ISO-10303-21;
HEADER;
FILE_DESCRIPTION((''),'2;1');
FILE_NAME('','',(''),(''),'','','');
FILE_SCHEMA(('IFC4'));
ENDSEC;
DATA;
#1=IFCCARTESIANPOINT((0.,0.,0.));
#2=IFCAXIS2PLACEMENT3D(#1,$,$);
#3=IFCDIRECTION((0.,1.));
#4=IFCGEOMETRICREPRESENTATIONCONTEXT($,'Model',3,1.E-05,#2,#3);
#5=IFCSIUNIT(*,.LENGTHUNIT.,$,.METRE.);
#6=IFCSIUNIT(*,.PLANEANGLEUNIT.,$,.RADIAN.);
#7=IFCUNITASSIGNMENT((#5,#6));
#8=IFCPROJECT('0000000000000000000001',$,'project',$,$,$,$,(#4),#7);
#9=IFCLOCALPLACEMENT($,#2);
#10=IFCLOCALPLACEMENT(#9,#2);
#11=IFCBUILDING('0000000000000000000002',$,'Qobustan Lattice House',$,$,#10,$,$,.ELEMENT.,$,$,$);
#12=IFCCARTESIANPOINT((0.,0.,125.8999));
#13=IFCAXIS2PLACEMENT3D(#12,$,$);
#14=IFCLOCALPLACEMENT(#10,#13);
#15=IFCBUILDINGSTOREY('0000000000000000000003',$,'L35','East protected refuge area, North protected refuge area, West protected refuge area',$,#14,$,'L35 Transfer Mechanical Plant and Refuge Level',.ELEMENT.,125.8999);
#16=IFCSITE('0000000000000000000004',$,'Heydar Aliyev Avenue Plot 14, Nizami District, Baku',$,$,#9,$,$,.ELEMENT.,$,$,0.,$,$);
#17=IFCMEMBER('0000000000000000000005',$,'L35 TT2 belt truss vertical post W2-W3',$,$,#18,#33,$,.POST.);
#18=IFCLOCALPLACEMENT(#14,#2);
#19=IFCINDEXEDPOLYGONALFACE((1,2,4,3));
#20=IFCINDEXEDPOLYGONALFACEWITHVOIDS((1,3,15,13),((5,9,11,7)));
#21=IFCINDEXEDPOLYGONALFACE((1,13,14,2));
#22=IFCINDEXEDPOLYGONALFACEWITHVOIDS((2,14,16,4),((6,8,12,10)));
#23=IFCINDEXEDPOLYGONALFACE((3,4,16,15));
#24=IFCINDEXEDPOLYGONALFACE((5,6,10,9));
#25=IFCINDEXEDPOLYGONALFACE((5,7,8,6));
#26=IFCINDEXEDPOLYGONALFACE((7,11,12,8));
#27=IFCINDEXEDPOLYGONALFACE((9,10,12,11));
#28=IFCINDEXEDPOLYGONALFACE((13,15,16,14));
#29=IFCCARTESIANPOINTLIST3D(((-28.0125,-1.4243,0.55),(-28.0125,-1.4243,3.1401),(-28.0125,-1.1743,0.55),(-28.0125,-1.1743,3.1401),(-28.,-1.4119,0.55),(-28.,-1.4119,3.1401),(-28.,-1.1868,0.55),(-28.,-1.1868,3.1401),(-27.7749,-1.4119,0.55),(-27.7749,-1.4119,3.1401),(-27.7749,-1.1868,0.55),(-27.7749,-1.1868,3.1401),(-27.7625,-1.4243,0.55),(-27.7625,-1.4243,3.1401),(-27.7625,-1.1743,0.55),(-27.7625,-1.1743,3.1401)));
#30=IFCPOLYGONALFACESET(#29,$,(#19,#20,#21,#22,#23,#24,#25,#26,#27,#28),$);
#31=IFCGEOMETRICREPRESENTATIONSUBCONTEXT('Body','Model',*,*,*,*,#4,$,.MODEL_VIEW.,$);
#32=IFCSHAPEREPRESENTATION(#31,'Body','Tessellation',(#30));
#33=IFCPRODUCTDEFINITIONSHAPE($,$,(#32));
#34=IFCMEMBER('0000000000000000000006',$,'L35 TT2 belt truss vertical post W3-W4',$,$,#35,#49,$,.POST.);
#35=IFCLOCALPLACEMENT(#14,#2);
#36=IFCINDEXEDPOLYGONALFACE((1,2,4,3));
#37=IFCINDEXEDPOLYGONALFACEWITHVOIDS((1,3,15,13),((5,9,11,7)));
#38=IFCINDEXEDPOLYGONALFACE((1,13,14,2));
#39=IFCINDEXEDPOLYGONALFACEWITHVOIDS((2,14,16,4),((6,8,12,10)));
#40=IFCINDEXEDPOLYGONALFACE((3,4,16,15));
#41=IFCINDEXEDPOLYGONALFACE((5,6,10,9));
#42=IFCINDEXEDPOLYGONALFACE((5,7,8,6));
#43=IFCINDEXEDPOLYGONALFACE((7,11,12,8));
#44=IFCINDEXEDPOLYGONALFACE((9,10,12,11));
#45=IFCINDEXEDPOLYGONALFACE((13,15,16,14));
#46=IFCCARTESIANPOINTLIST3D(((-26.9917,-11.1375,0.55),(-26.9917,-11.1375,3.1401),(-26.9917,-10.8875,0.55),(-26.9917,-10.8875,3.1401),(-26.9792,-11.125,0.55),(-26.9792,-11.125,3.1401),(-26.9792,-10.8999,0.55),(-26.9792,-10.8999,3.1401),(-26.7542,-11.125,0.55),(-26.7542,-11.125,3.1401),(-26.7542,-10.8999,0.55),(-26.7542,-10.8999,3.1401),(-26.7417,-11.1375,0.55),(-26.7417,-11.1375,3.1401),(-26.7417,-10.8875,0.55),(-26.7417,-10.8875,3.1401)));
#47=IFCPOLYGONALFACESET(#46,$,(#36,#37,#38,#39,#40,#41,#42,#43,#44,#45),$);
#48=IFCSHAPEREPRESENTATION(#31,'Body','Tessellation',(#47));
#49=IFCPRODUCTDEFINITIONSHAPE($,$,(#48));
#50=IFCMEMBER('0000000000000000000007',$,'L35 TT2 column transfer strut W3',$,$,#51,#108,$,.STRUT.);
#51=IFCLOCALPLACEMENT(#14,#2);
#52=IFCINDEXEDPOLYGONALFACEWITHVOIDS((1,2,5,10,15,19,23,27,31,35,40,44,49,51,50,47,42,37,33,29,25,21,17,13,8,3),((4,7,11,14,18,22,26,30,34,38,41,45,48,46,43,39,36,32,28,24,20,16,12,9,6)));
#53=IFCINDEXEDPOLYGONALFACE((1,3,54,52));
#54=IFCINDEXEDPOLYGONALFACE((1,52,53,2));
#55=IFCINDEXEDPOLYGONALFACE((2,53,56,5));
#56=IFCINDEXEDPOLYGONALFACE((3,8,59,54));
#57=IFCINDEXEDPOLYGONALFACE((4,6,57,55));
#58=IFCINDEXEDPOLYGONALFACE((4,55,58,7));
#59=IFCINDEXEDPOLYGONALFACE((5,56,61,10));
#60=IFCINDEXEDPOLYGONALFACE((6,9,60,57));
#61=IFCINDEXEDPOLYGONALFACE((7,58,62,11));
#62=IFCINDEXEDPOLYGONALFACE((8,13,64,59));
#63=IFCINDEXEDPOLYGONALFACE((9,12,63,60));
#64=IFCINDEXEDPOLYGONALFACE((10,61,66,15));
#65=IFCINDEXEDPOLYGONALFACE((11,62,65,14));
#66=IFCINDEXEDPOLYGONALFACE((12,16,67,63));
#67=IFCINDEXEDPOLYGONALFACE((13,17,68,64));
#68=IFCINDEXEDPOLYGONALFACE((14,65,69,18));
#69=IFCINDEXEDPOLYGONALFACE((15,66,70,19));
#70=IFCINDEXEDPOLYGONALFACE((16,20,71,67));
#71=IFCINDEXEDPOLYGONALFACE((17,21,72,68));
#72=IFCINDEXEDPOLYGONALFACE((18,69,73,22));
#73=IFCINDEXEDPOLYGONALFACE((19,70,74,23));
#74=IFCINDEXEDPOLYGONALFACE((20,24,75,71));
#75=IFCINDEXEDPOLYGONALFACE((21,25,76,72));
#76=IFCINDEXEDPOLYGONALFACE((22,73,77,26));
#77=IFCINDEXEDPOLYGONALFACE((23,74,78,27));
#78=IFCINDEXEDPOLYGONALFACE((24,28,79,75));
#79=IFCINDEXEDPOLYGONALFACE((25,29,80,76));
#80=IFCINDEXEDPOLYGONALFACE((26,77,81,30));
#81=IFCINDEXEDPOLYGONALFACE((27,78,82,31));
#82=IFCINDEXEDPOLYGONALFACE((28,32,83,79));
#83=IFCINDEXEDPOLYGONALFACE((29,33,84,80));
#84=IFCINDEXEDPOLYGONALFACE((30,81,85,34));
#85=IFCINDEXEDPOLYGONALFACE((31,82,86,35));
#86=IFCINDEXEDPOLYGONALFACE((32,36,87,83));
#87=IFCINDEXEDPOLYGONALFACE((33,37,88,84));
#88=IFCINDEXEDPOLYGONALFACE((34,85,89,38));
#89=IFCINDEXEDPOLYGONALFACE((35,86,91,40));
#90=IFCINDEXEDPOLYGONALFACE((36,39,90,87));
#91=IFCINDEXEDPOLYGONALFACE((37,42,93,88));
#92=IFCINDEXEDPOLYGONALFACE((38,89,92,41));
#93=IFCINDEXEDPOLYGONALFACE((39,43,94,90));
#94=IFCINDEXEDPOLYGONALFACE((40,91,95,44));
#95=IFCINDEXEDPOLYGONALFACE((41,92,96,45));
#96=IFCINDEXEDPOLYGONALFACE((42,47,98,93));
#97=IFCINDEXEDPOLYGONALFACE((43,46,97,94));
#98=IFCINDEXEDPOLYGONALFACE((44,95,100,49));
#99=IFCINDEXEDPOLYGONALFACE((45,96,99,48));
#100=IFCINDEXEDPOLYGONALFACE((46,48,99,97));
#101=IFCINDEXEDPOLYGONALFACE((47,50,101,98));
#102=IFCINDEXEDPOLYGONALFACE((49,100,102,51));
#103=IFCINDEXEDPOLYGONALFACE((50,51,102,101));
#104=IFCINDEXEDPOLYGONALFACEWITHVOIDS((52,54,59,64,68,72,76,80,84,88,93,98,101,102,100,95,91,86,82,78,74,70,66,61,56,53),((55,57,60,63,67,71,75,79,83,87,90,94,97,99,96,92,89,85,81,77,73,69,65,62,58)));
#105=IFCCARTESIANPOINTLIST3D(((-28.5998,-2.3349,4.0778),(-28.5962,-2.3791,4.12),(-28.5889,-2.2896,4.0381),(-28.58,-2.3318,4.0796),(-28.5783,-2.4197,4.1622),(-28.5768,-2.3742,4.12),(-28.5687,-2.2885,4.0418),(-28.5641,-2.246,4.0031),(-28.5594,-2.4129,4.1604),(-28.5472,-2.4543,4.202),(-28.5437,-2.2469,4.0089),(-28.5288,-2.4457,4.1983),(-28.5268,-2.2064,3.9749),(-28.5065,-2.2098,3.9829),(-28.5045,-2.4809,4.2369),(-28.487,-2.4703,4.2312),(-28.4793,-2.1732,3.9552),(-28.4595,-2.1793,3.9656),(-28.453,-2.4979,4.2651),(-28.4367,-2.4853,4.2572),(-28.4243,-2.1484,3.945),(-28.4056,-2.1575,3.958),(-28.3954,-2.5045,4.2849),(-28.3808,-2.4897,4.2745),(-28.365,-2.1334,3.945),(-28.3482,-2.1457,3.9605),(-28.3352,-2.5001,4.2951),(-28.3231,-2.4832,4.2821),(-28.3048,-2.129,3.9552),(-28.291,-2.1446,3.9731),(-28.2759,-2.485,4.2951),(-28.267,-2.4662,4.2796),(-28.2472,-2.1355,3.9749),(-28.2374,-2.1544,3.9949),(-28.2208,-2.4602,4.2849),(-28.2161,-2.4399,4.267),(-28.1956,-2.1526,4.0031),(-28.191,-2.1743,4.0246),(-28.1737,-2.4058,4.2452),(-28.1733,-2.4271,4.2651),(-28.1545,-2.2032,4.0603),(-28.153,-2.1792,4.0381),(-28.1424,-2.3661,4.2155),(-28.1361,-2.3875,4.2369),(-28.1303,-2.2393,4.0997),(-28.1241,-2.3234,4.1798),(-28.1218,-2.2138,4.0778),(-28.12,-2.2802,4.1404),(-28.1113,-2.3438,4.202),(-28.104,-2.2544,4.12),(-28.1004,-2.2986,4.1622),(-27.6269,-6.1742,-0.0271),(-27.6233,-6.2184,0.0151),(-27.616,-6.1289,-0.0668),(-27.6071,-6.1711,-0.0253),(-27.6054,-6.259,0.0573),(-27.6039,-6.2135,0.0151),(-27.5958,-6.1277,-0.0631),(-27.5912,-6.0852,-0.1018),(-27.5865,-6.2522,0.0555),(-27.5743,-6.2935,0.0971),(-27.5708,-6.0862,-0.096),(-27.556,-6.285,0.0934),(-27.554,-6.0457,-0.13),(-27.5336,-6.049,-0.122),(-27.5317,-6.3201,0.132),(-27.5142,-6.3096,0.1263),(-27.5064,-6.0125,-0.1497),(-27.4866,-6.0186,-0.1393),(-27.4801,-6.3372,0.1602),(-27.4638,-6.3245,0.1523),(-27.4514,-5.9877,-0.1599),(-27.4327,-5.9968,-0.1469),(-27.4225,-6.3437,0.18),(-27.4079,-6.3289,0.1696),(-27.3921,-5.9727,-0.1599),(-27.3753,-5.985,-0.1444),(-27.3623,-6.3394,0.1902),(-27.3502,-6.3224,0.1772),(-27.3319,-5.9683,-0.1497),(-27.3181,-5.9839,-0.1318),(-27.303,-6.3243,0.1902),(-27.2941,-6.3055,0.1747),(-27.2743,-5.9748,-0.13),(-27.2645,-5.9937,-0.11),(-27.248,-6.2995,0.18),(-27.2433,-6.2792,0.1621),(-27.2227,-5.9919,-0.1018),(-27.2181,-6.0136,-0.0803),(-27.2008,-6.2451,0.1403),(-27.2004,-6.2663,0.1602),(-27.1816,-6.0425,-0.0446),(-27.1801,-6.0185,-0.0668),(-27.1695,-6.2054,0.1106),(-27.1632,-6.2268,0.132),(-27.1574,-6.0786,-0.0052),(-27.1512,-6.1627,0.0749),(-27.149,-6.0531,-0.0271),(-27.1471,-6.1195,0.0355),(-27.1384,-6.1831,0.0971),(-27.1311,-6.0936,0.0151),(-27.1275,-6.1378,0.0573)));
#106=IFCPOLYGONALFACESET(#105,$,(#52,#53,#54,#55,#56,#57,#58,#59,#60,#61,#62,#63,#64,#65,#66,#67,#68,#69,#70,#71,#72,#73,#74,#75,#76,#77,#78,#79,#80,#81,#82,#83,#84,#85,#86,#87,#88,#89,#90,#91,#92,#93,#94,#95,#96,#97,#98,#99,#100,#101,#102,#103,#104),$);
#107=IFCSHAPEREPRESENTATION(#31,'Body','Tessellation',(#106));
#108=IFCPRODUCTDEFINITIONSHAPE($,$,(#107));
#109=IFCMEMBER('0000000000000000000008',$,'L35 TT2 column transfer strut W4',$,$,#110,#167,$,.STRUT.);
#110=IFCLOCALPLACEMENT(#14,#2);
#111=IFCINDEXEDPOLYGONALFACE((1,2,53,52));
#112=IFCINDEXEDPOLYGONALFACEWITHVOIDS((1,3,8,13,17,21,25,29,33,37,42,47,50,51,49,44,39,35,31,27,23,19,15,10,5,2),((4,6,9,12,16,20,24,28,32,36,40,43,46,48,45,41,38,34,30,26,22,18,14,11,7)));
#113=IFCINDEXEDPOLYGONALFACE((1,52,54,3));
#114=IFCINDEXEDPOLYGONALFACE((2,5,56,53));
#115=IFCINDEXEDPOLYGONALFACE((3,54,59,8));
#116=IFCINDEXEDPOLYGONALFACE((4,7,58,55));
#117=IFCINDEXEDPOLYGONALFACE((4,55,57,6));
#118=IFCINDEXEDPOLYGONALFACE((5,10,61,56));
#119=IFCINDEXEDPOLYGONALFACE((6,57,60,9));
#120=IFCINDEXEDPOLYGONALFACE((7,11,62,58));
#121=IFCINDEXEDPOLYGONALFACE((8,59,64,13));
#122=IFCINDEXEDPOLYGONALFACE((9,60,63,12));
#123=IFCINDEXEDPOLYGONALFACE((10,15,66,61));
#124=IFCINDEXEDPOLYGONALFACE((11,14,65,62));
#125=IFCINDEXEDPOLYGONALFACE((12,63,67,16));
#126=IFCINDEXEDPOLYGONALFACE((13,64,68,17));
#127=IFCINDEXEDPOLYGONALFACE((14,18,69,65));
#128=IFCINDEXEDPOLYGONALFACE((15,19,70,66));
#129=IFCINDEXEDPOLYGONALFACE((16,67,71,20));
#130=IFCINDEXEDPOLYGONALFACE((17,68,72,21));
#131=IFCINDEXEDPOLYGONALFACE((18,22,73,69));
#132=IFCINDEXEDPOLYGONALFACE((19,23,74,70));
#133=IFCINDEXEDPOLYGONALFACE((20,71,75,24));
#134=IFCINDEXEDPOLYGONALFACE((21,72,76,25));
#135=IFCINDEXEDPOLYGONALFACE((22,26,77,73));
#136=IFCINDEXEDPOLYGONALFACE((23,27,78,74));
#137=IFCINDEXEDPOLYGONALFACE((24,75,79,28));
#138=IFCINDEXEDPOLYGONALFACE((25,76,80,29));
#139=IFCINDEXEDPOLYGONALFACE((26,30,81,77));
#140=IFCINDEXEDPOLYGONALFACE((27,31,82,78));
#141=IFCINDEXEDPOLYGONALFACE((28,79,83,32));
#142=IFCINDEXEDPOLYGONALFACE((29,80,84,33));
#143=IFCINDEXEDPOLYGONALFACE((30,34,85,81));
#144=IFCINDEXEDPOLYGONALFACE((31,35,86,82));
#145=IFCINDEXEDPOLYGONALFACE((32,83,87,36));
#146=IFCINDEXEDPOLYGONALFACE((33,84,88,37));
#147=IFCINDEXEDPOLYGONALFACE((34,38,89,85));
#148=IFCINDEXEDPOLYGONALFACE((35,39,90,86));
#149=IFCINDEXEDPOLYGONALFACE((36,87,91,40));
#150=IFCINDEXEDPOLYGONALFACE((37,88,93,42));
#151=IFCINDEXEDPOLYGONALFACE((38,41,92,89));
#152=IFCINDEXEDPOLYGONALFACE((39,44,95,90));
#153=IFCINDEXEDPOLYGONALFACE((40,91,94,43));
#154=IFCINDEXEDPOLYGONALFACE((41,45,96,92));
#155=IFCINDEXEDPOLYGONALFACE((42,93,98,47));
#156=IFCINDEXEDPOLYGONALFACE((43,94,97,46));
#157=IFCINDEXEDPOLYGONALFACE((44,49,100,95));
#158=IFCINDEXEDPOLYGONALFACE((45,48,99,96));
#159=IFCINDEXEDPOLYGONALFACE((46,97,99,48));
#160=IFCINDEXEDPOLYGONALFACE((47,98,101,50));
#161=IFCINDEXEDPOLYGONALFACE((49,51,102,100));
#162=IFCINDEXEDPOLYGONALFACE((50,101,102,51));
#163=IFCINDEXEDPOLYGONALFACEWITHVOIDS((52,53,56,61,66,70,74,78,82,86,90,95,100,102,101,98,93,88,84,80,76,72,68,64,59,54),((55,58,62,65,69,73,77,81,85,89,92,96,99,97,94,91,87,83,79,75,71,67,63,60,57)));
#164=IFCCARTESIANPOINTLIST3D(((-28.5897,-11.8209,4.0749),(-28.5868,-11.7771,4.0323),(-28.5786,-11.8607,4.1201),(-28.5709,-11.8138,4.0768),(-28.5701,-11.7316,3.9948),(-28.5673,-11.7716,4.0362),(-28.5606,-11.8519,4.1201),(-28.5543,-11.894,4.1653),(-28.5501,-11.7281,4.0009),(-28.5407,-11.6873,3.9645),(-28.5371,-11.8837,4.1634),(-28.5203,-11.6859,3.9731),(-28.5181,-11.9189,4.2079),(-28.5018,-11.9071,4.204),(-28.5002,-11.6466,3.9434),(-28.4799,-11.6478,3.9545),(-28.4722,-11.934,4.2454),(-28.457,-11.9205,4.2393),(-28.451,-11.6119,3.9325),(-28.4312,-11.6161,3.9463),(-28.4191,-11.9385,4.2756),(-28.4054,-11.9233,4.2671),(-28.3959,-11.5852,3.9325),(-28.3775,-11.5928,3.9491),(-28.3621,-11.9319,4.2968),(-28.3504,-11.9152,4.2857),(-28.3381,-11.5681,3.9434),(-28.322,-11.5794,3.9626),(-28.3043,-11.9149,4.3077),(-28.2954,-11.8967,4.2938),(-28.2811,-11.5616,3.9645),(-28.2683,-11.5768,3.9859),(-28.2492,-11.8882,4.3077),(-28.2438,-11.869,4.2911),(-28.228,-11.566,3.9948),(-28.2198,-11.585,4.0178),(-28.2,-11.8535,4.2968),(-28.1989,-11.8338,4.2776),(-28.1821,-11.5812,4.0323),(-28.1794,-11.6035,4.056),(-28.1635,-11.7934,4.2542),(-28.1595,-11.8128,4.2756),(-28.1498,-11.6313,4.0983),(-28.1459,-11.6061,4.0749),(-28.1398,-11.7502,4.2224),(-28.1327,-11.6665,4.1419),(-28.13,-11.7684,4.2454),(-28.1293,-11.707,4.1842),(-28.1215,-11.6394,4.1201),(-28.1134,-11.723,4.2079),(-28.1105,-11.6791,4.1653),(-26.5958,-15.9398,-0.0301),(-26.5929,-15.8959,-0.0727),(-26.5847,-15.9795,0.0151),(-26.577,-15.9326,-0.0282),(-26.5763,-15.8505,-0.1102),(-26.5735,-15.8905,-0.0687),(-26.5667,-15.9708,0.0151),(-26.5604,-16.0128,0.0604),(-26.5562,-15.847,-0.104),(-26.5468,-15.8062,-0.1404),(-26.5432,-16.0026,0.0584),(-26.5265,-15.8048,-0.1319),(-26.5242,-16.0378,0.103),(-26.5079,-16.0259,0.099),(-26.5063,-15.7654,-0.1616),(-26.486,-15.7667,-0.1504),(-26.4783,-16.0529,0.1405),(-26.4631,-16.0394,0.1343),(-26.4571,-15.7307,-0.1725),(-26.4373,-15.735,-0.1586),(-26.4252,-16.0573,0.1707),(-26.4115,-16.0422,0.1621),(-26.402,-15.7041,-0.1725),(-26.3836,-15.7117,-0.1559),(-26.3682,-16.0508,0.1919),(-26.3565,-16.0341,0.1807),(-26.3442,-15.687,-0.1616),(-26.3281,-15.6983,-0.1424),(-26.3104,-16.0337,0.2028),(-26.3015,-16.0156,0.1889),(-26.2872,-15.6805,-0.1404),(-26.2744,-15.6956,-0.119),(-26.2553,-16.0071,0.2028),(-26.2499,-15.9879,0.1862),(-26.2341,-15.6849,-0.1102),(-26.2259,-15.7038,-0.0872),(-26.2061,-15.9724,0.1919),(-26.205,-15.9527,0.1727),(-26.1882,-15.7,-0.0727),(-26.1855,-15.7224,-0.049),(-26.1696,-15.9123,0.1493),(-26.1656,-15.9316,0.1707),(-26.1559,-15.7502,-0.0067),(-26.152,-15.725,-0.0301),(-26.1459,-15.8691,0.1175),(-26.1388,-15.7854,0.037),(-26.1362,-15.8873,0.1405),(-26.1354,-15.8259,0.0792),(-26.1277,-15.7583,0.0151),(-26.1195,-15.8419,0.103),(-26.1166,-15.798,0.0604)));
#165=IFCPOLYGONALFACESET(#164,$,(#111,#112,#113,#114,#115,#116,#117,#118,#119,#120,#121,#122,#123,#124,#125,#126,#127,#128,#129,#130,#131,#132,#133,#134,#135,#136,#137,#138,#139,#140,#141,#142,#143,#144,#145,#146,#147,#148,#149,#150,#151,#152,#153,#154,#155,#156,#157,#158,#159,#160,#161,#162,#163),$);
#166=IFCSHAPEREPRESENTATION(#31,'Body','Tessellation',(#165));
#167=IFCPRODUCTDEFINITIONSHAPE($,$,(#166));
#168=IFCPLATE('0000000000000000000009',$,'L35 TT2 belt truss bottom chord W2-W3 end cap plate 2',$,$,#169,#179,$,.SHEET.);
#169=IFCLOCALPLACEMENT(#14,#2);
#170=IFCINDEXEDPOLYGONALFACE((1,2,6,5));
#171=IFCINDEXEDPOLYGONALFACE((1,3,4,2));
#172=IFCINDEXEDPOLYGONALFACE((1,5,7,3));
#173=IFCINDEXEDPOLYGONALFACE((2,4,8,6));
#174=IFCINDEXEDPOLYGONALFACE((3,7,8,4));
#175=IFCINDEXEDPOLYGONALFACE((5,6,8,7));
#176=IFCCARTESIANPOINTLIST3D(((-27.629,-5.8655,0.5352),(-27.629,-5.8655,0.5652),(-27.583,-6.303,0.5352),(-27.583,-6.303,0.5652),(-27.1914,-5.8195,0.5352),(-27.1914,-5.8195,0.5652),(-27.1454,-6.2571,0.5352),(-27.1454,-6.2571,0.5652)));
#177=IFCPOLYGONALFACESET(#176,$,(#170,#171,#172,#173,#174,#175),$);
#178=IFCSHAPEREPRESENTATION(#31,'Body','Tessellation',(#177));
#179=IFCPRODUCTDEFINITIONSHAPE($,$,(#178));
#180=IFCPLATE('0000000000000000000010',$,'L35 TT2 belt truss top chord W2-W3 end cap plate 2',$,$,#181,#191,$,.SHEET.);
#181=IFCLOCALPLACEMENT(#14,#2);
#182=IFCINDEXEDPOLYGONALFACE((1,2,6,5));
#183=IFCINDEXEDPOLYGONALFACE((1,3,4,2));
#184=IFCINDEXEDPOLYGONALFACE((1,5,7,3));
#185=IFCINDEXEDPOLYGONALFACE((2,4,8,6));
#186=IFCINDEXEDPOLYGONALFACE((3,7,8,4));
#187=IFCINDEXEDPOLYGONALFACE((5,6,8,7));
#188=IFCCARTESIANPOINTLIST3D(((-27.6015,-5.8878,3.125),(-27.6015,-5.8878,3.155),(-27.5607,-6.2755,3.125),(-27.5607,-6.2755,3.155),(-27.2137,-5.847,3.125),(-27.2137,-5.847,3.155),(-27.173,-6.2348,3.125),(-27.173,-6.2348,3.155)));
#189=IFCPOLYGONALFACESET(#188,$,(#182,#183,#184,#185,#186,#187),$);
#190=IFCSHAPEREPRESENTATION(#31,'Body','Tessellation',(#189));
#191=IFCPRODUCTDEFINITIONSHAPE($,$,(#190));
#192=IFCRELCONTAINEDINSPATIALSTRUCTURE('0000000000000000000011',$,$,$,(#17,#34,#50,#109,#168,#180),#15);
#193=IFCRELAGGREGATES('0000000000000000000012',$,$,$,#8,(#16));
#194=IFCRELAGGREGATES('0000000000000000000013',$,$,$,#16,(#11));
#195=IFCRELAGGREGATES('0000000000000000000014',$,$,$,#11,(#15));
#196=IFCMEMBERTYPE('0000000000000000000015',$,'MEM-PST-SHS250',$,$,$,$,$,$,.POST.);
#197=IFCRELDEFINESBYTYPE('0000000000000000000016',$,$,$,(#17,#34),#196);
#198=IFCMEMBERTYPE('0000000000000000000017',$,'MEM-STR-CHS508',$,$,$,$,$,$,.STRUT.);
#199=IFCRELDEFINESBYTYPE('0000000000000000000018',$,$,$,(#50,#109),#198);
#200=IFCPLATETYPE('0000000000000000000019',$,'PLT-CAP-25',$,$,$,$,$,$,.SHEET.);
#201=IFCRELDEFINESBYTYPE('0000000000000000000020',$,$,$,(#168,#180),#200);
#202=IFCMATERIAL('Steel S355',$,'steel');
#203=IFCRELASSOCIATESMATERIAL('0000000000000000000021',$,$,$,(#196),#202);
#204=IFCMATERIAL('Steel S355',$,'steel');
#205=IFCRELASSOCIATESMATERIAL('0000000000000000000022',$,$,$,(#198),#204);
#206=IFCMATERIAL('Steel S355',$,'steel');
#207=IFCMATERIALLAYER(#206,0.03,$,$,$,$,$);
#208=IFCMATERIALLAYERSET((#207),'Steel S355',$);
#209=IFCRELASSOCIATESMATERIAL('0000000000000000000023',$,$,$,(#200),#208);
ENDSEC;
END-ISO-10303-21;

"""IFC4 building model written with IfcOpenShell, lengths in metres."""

from ifc_helpers import new_model, si_unit, direction, frame, origin, origin_2d, place, context, subcontext, project, spatial, rectangle, hollow_rectangle, hollow_circle, extrude, material, layer, layer_set, material_profile, profile_set, type_object, element, save


model = new_model("IFC4")

# Units and contexts
model_context = context("Model", 3, precision=1e-05, world=origin(), true_north=direction((0.0, 1.0)))
body_context = subcontext(model_context, "Body", "Model", "MODEL_VIEW")
ifc_project = project(units=[si_unit("LENGTHUNIT", "METRE"), si_unit("PLANEANGLEUNIT", "RADIAN")], contexts=[model_context])

# Site, building, storey
site_placement = place(None, origin())
site = spatial("IfcSite", under=ifc_project, at=site_placement, Name="Heydar Aliyev Avenue Plot 14, Nizami District, Baku", CompositionType="ELEMENT", RefElevation=0.0)
building_placement = place(site_placement, origin())
building = spatial("IfcBuilding", under=site, at=building_placement, Name="Qobustan Lattice House", CompositionType="ELEMENT")
storey_placement = place(building_placement, frame((0.0, 0.0, 125.8999)))
storey = spatial("IfcBuildingStorey", under=building, at=storey_placement, Name="L35", Description="East protected refuge area, North protected refuge area, West protected refuge area", LongName="L35 Transfer Mechanical Plant and Refuge Level", CompositionType="ELEMENT", Elevation=125.8999)

# Members
ifc_material_1 = material(Name="Steel S355", Category="steel")
ifc_material_profile_1 = material_profile(ifc_material_1, hollow_rectangle(XDim=0.25, YDim=0.25, WallThickness=0.0125, at=origin_2d()), Name="SHS250x250x12.5")
ifc_profile_set_1 = profile_set([ifc_material_profile_1], Name="Steel S355")
member_type_1 = type_object("IfcMemberType", Name="MEM-PST-SHS250", PredefinedType="POST", material=ifc_profile_set_1)
for number, where, z_axis, x_axis, name in (
    (1, (-27.8875, -1.2993, 0.55), (0.0, 0.0, 1.0), (1.0, 0.0, 0.0), "L35 TT2 belt truss vertical post W2-W3"),
    (2, (-26.8667, -11.0125, 0.55), (0.0, 0.0, 1.0), (1.0, 0.0, 0.0), "L35 TT2 belt truss vertical post W3-W4"),
):
    element("IfcMember", number, at=place(storey_placement, frame(where, z_axis=z_axis, x_axis=x_axis)), inside=storey, type_object=member_type_1, Name=name, PredefinedType="POST", context=body_context, shape_type="SweptSolid", body=[
        extrude(hollow_rectangle(XDim=0.25, YDim=0.25, WallThickness=0.0125, at=origin_2d()), origin(), (0.0, 0.0, 1.0), 2.5901),
    ])
ifc_material_2 = material(Name="Steel S355", Category="steel")
ifc_material_profile_2 = material_profile(ifc_material_2, hollow_circle(Radius=0.2539, WallThickness=0.02, at=origin_2d()), Name="CHS508x20")
ifc_profile_set_2 = profile_set([ifc_material_profile_2], Name="Steel S355")
member_type_2 = type_object("IfcMemberType", Name="MEM-STR-CHS508", PredefinedType="STRUT", material=ifc_profile_set_2)
member_1_placement = place(storey_placement, frame((-27.3772, -6.156, 0.0151), z_axis=(-0.170558, 0.673074, 0.71964), x_axis=(-0.969362, -0.245638, 0.0)))
element("IfcMember", 3, at=member_1_placement, inside=storey, type_object=member_type_2, Name="L35 TT2 column transfer strut W3", PredefinedType="STRUT", context=body_context, shape_type="SweptSolid", body=[
    extrude(hollow_circle(Radius=0.2539, WallThickness=0.02, at=origin_2d()), origin(), (0.0, 0.0, 1.0), 5.7041),
])
member_2_placement = place(storey_placement, frame((-26.3562, -15.8689, 0.0151), z_axis=(-0.324342, 0.670011, 0.667748), x_axis=(-0.900084, -0.435717, 0.0)))
element("IfcMember", 4, at=member_2_placement, inside=storey, type_object=member_type_2, Name="L35 TT2 column transfer strut W4", PredefinedType="STRUT", context=body_context, shape_type="SweptSolid", body=[
    extrude(hollow_circle(Radius=0.2539, WallThickness=0.02, at=origin_2d()), origin(), (0.0, 0.0, 1.0), 6.1475),
])

# Plates
ifc_material_3 = material(Name="Steel S355", Category="steel")
ifc_layer_1 = layer(ifc_material_3, 0.03)
ifc_layer_set_1 = layer_set([ifc_layer_1], Name="Steel S355")
plate_type = type_object("IfcPlateType", Name="PLT-CAP-25", PredefinedType="SHEET", material=ifc_layer_set_1)
plate_1_placement = place(storey_placement, frame((-27.3872, -6.0613, 0.5352), z_axis=(0.0, 0.0, 1.0), x_axis=(0.104528, -0.994522, 0.0)))
element("IfcPlate", 5, at=plate_1_placement, inside=storey, type_object=plate_type, Name="L35 TT2 belt truss bottom chord W2-W3 end cap plate 2", PredefinedType="SHEET", context=body_context, shape_type="SweptSolid", body=[
    extrude(rectangle(XDim=0.4399, YDim=0.4399, at=origin_2d()), origin(), (0.0, 0.0, 1.0), 0.03),
])
plate_2_placement = place(storey_placement, frame((-27.3872, -6.0613, 3.125), z_axis=(0.0, 0.0, 1.0), x_axis=(0.104528, -0.994522, 0.0)))
element("IfcPlate", 6, at=plate_2_placement, inside=storey, type_object=plate_type, Name="L35 TT2 belt truss top chord W2-W3 end cap plate 2", PredefinedType="SHEET", context=body_context, shape_type="SweptSolid", body=[
    extrude(rectangle(XDim=0.3899, YDim=0.3899, at=origin_2d()), origin(), (0.0, 0.0, 1.0), 0.03),
])

save(model, "model.ifc")
